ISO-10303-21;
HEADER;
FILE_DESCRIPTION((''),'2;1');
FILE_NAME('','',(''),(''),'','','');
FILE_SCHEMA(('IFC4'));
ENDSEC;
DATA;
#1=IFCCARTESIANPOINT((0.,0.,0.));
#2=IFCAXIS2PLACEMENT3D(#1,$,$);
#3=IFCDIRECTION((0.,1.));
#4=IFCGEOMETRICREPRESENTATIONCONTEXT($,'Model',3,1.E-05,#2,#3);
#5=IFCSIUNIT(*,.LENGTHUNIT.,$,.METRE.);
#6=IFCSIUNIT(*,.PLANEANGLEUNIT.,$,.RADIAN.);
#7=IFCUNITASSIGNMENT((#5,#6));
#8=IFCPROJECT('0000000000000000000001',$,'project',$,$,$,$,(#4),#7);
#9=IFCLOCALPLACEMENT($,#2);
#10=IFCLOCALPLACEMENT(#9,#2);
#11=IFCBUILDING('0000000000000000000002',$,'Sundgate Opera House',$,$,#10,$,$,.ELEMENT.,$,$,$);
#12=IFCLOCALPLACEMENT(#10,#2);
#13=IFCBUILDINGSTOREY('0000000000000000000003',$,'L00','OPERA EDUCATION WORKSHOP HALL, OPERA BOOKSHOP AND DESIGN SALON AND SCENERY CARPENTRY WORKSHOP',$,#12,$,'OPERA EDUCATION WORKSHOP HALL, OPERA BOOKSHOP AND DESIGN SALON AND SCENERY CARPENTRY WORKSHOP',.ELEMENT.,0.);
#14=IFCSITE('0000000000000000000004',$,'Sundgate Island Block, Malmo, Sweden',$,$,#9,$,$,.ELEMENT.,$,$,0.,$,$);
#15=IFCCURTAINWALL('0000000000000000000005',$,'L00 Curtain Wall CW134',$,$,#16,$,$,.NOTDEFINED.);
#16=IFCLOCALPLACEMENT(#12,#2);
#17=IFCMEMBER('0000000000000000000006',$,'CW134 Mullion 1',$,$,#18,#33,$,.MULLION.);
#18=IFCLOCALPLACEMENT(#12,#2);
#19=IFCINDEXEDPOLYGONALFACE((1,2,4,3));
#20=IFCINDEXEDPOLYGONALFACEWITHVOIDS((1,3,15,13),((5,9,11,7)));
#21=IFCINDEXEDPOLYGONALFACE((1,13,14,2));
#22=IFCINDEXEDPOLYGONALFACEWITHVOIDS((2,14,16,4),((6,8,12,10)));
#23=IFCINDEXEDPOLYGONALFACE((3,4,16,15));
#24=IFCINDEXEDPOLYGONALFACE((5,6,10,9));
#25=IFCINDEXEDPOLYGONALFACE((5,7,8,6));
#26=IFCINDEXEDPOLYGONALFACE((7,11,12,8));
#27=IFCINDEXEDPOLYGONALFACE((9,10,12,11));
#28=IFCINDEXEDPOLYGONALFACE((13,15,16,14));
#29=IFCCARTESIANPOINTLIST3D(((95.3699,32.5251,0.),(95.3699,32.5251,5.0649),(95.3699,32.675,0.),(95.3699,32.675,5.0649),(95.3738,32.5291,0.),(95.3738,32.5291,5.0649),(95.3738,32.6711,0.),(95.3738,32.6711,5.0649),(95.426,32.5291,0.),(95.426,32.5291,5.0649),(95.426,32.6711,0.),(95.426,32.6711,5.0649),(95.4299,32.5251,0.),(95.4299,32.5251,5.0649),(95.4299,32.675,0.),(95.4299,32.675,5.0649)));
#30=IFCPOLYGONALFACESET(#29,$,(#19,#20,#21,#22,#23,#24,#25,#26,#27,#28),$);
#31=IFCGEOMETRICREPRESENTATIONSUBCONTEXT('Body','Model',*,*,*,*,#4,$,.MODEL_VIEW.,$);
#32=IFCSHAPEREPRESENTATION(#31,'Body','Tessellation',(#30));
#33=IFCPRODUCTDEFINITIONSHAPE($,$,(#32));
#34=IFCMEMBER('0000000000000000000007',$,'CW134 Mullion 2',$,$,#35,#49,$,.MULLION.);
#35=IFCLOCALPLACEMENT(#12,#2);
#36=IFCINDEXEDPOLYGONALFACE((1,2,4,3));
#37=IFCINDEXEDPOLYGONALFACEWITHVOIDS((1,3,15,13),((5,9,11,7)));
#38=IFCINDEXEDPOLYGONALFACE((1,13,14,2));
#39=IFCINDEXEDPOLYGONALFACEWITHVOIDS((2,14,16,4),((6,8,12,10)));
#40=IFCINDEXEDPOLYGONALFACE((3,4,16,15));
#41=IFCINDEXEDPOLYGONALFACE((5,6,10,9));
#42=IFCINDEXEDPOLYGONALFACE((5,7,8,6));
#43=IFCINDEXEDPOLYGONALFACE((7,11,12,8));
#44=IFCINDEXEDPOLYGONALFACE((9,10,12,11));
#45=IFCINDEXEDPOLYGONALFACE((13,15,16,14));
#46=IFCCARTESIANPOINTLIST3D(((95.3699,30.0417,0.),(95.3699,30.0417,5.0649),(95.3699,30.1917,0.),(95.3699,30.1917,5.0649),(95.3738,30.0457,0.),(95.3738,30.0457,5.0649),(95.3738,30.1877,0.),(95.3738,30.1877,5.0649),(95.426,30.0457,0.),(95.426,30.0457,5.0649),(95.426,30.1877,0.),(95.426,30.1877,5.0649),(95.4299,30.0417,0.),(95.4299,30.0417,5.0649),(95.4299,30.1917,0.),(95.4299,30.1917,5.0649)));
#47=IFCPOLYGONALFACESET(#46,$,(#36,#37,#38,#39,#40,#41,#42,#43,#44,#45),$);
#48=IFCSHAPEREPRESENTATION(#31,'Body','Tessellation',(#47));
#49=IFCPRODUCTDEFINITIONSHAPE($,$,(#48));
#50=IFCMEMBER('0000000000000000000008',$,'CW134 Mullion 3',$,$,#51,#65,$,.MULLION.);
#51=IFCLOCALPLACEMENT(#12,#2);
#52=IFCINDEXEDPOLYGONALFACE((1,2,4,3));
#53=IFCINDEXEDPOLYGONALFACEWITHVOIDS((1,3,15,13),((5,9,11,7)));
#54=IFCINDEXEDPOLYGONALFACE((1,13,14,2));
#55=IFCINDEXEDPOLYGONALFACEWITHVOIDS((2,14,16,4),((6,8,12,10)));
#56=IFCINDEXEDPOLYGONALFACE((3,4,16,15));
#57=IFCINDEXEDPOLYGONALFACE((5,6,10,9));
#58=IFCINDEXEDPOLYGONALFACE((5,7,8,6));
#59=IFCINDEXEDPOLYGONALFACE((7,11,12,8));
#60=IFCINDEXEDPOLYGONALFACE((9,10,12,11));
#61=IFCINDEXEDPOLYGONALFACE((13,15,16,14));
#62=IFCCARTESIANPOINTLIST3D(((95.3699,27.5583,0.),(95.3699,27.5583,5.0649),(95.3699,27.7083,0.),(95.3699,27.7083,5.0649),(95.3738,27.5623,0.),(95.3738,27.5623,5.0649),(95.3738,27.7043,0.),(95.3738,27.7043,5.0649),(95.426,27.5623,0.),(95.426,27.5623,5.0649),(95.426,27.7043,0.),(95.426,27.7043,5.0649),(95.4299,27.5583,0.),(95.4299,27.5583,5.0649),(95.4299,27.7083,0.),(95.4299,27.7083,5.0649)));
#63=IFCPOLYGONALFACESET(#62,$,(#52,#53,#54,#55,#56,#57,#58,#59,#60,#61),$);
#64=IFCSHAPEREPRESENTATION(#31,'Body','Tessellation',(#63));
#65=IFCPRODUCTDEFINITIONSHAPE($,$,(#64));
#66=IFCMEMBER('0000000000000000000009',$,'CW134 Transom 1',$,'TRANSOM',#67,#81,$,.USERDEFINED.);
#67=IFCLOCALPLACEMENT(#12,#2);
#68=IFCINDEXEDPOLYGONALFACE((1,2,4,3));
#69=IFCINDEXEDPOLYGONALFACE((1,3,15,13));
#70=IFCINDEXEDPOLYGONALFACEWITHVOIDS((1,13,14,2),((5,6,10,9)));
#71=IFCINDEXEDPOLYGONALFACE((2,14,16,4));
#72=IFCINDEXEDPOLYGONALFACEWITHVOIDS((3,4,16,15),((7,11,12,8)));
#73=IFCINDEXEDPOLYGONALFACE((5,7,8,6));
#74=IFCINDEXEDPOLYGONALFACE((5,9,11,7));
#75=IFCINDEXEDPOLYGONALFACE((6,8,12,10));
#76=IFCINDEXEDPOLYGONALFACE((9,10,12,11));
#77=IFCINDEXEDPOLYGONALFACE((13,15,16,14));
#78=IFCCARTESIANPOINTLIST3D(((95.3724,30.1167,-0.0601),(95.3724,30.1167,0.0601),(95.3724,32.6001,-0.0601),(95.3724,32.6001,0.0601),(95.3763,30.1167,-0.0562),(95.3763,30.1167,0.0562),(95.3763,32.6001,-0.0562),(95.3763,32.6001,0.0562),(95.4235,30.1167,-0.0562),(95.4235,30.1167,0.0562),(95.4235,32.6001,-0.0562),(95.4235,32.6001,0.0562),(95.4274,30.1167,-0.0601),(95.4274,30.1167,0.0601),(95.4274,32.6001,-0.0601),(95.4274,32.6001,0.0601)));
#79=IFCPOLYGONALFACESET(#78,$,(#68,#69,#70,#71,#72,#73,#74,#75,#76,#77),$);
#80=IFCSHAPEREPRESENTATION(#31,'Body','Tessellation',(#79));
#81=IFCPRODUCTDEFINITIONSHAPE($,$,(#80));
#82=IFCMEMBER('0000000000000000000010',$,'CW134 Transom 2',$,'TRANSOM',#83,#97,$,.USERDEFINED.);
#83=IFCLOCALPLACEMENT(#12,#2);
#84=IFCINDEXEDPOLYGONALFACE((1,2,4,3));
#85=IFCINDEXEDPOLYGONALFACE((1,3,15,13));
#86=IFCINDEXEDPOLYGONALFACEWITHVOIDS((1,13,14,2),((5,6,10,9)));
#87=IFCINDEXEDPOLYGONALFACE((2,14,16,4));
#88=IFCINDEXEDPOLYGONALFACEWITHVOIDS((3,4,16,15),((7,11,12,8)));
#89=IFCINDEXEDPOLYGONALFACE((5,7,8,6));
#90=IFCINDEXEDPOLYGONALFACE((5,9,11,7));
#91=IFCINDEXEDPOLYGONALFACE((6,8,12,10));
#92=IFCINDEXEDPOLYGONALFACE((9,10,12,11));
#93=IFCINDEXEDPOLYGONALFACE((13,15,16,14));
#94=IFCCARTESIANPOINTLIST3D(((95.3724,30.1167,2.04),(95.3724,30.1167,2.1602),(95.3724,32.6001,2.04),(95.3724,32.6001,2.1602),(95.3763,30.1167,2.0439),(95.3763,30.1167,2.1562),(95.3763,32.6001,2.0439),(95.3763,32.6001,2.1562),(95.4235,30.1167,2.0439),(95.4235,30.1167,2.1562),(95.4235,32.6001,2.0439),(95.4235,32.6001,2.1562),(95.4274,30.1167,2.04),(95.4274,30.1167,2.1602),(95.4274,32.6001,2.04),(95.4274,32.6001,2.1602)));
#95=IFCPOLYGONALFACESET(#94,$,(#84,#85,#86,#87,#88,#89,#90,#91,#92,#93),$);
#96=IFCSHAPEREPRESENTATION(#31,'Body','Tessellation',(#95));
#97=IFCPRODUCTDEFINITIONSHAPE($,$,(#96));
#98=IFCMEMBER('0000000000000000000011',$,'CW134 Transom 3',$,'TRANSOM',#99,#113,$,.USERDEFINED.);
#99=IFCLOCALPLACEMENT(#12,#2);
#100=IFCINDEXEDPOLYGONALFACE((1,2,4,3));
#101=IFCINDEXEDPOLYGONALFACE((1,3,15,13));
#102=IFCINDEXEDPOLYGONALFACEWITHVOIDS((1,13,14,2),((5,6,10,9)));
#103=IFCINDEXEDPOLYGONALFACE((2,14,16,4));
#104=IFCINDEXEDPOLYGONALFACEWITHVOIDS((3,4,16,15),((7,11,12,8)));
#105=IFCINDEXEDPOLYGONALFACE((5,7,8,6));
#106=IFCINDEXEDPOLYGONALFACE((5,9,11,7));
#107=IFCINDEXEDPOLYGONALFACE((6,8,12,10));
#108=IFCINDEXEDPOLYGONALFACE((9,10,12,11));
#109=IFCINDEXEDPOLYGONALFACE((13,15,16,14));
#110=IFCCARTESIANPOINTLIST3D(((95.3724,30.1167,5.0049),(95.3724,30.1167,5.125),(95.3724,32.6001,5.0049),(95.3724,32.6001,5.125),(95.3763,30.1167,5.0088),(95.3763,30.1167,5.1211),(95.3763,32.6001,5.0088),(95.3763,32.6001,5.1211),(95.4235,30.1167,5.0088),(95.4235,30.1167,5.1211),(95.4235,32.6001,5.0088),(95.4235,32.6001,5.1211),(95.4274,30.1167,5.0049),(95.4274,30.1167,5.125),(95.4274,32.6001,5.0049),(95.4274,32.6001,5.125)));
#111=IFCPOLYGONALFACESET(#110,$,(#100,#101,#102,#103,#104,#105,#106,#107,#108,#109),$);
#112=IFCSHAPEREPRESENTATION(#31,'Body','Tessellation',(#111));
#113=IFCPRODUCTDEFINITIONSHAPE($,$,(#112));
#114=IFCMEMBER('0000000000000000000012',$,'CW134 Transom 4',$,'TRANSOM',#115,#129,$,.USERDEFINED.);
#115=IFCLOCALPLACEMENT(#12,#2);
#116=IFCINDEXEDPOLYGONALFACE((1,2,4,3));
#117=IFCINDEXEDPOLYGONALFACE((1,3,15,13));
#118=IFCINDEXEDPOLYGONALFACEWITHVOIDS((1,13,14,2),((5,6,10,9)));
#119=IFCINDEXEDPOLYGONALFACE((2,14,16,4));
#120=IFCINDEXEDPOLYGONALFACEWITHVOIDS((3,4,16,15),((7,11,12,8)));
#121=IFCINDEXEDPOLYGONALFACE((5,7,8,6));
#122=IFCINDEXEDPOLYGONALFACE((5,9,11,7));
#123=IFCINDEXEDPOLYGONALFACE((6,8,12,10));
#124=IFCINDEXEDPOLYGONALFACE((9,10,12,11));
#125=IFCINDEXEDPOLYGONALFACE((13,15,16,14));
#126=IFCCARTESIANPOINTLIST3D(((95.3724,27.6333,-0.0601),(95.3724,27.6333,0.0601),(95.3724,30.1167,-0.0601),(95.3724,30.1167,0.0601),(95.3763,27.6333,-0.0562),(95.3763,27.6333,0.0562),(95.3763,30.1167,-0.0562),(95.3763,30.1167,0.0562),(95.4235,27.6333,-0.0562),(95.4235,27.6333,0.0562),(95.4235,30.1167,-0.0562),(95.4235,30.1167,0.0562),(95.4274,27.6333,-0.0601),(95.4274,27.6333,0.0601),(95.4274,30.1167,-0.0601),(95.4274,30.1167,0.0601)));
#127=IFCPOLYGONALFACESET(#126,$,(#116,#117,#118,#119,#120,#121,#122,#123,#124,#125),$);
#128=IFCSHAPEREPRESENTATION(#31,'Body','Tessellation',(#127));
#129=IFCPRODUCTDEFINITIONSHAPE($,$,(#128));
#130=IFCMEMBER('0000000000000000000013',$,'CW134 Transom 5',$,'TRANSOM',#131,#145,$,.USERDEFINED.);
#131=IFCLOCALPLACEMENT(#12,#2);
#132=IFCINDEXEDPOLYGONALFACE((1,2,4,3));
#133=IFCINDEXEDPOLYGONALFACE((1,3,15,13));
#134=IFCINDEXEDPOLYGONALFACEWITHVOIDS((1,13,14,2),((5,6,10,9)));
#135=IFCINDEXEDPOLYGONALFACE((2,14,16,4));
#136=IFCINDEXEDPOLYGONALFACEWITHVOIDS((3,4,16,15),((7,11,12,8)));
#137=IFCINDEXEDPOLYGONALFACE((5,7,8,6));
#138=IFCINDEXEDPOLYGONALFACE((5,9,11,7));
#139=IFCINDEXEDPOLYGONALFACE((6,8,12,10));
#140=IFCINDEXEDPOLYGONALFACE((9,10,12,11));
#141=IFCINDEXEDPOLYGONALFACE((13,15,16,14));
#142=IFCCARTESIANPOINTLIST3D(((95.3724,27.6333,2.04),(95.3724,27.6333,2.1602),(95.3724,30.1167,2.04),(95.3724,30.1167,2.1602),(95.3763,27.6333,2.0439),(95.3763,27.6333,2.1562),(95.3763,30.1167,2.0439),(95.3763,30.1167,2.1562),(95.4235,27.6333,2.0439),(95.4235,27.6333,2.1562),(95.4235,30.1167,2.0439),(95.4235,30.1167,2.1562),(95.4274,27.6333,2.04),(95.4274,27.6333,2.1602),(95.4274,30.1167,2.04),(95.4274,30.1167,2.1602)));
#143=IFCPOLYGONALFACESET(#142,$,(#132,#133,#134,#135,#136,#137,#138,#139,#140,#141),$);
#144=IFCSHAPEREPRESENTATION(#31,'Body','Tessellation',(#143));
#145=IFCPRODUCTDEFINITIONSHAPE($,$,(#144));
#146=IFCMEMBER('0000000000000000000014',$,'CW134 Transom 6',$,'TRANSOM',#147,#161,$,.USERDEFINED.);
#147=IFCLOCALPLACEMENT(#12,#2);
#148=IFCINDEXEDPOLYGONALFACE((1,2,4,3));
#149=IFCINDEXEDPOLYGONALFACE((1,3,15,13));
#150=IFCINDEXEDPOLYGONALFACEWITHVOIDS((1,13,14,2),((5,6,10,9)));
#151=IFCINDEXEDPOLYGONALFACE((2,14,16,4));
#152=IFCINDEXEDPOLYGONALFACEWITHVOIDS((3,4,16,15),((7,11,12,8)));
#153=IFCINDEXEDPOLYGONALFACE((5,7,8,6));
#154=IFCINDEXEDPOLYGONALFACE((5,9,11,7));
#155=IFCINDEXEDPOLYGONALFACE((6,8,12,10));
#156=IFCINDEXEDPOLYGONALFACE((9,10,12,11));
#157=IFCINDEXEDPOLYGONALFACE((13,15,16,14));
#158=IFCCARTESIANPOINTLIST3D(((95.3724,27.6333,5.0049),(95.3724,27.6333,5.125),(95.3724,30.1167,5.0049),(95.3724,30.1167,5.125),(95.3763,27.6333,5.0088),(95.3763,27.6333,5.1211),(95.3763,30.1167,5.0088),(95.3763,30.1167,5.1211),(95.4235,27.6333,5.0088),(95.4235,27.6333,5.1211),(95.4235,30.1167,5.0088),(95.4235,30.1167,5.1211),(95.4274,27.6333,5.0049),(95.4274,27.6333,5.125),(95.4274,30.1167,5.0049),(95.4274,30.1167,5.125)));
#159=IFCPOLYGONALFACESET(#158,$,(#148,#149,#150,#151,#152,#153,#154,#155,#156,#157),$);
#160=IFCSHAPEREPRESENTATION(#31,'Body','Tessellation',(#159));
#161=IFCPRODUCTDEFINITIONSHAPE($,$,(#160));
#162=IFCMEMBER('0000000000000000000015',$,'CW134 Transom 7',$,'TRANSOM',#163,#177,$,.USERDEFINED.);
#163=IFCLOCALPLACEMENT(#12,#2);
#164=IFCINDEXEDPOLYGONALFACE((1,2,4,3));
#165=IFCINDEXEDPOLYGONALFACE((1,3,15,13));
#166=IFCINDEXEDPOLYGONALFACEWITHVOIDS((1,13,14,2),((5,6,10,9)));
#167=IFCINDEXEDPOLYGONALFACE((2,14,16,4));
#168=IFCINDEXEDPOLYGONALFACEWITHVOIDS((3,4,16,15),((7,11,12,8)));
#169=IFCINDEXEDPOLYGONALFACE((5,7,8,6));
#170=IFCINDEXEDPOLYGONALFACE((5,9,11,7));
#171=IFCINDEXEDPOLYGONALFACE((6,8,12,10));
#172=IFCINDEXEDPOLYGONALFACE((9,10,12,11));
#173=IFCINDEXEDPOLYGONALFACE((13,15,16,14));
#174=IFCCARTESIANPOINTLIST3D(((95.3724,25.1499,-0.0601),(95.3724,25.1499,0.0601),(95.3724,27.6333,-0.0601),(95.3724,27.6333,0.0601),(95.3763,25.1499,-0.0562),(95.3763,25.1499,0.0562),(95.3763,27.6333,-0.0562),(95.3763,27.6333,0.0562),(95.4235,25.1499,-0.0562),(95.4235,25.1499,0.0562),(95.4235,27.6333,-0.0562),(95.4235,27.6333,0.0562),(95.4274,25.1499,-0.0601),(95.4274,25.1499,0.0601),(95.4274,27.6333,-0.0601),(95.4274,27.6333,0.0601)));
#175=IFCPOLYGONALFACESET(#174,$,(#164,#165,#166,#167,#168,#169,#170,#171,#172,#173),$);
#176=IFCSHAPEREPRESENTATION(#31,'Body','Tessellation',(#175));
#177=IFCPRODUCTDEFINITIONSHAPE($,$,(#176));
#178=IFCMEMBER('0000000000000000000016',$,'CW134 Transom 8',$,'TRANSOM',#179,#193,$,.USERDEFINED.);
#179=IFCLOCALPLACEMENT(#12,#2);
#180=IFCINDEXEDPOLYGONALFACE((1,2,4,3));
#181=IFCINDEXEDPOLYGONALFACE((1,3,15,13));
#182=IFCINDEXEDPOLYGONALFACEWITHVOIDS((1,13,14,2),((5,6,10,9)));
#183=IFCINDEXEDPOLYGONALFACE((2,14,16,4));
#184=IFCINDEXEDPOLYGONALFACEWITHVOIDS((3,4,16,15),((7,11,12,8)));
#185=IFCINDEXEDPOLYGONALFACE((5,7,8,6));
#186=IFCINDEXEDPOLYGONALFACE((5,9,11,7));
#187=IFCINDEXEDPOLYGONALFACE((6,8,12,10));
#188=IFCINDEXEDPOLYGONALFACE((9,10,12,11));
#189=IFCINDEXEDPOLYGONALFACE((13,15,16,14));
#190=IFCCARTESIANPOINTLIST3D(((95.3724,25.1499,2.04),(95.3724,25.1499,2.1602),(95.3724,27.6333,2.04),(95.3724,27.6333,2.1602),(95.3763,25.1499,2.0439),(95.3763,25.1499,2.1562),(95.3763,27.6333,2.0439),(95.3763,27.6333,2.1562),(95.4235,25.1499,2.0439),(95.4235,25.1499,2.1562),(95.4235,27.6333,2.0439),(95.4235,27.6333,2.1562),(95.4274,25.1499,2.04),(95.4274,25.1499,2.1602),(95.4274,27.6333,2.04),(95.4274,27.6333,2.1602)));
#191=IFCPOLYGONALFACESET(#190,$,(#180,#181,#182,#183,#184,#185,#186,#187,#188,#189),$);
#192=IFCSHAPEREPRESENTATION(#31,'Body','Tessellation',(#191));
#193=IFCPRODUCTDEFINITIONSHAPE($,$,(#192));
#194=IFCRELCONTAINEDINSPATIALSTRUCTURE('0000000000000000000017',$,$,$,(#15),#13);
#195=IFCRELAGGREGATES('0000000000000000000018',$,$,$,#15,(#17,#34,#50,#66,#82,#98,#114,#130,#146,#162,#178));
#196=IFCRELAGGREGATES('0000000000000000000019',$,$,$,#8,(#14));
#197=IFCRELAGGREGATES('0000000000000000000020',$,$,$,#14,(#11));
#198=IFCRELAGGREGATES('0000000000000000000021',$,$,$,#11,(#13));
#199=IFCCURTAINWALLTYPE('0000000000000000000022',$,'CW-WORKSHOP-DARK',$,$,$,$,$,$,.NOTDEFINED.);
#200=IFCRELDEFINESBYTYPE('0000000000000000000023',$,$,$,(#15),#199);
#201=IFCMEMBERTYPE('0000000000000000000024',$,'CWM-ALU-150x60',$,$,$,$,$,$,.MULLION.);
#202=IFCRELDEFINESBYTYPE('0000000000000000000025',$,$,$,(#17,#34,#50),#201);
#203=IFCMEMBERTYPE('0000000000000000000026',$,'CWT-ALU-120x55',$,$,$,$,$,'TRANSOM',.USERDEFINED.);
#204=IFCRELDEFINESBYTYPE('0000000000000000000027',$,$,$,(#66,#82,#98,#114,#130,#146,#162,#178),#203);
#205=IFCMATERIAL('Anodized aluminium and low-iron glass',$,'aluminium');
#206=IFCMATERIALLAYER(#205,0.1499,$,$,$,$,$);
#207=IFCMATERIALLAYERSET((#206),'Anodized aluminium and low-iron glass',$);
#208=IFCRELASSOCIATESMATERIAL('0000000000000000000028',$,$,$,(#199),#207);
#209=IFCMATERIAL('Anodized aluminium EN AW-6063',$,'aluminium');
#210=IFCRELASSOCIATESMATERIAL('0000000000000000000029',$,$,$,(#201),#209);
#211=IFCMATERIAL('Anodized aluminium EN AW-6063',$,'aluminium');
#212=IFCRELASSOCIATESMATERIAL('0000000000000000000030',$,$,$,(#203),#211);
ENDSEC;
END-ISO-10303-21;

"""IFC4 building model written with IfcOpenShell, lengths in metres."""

from ifc_helpers import new_model, si_unit, direction, frame, origin, origin_2d, place, context, subcontext, project, spatial, hollow_rectangle, extrude, material, layer, layer_set, material_profile, profile_set, type_object, element, aggregate, save


model = new_model("IFC4")

# Units and contexts
model_context = context("Model", 3, precision=1e-05, world=origin(), true_north=direction((0.0, 1.0)))
body_context = subcontext(model_context, "Body", "Model", "MODEL_VIEW")
ifc_project = project(units=[si_unit("LENGTHUNIT", "METRE"), si_unit("PLANEANGLEUNIT", "RADIAN")], contexts=[model_context])

# Site, building, storey
site_placement = place(None, origin())
site = spatial("IfcSite", under=ifc_project, at=site_placement, Name="Sundgate Island Block, Malmo, Sweden", CompositionType="ELEMENT", RefElevation=0.0)
building_placement = place(site_placement, origin())
building = spatial("IfcBuilding", under=site, at=building_placement, Name="Sundgate Opera House", CompositionType="ELEMENT")
storey_placement = place(building_placement, origin())
storey = spatial("IfcBuildingStorey", under=building, at=storey_placement, Name="L00", Description="OPERA EDUCATION WORKSHOP HALL, OPERA BOOKSHOP AND DESIGN SALON AND SCENERY CARPENTRY WORKSHOP", LongName="OPERA EDUCATION WORKSHOP HALL, OPERA BOOKSHOP AND DESIGN SALON AND SCENERY CARPENTRY WORKSHOP", CompositionType="ELEMENT", Elevation=0.0)

# Curtain wall, members
ifc_material_1 = material(Name="Anodized aluminium and low-iron glass", Category="aluminium")
ifc_layer_1 = layer(ifc_material_1, 0.1499)
ifc_layer_set_1 = layer_set([ifc_layer_1], Name="Anodized aluminium and low-iron glass")
curtain_wall_type = type_object("IfcCurtainWallType", Name="CW-WORKSHOP-DARK", PredefinedType="NOTDEFINED", material=ifc_layer_set_1)
curtain_wall_placement = place(storey_placement, origin())
curtain_wall = element("IfcCurtainWall", 1, at=curtain_wall_placement, inside=storey, type_object=curtain_wall_type, Name="L00 Curtain Wall CW134", PredefinedType="NOTDEFINED")
ifc_material_2 = material(Name="Anodized aluminium EN AW-6063", Category="aluminium")
ifc_material_profile_1 = material_profile(ifc_material_2, hollow_rectangle(XDim=0.0601, YDim=0.1499, WallThickness=0.0039, at=origin_2d()), Name="CWM 150x60x4")
ifc_profile_set_1 = profile_set([ifc_material_profile_1], Name="Anodized aluminium EN AW-6063")
member_type_1 = type_object("IfcMemberType", Name="CWM-ALU-150x60", PredefinedType="MULLION", material=ifc_profile_set_1)
member_1_placement = place(storey_placement, frame((95.3999, 32.6001, 0.0), z_axis=(0.0, 0.0, 1.0), x_axis=(1.0, 0.0, 0.0)))
member_1 = element("IfcMember", 2, at=member_1_placement, type_object=member_type_1, Name="CW134 Mullion 1", PredefinedType="MULLION", context=body_context, shape_type="SweptSolid", body=[
    extrude(hollow_rectangle(XDim=0.0601, YDim=0.1499, WallThickness=0.0039, at=origin_2d()), origin(), (0.0, 0.0, 1.0), 5.0649),
])
member_2_placement = place(storey_placement, frame((95.3999, 30.1167, 0.0), z_axis=(0.0, 0.0, 1.0), x_axis=(1.0, 0.0, 0.0)))
member_2 = element("IfcMember", 3, at=member_2_placement, type_object=member_type_1, Name="CW134 Mullion 2", PredefinedType="MULLION", context=body_context, shape_type="SweptSolid", body=[
    extrude(hollow_rectangle(XDim=0.0601, YDim=0.1499, WallThickness=0.0039, at=origin_2d()), origin(), (0.0, 0.0, 1.0), 5.0649),
])
member_3_placement = place(storey_placement, frame((95.3999, 27.6333, 0.0), z_axis=(0.0, 0.0, 1.0), x_axis=(1.0, 0.0, 0.0)))
member_3 = element("IfcMember", 4, at=member_3_placement, type_object=member_type_1, Name="CW134 Mullion 3", PredefinedType="MULLION", context=body_context, shape_type="SweptSolid", body=[
    extrude(hollow_rectangle(XDim=0.0601, YDim=0.1499, WallThickness=0.0039, at=origin_2d()), origin(), (0.0, 0.0, 1.0), 5.0649),
])
ifc_material_3 = material(Name="Anodized aluminium EN AW-6063", Category="aluminium")
ifc_material_profile_2 = material_profile(ifc_material_3, hollow_rectangle(XDim=0.0549, YDim=0.1201, WallThickness=0.0039, at=origin_2d()), Name="CWT 120x55x4")
ifc_profile_set_2 = profile_set([ifc_material_profile_2], Name="Anodized aluminium EN AW-6063")
member_type_2 = type_object("IfcMemberType", Name="CWT-ALU-120x55", ElementType="TRANSOM", PredefinedType="USERDEFINED", material=ifc_profile_set_2)
member_4_placement = place(storey_placement, frame((95.3999, 32.6001, 0.0), z_axis=(0.0, -1.0, 0.0), x_axis=(1.0, 0.0, 0.0)))
member_4 = element("IfcMember", 5, at=member_4_placement, type_object=member_type_2, Name="CW134 Transom 1", ObjectType="TRANSOM", PredefinedType="USERDEFINED", context=body_context, shape_type="SweptSolid", body=[
    extrude(hollow_rectangle(XDim=0.0549, YDim=0.1201, WallThickness=0.0039, at=origin_2d()), origin(), (0.0, 0.0, 1.0), 2.4834),
])
member_5_placement = place(storey_placement, frame((95.3999, 32.6001, 2.1001), z_axis=(0.0, -1.0, 0.0), x_axis=(1.0, 0.0, 0.0)))
member_5 = element("IfcMember", 6, at=member_5_placement, type_object=member_type_2, Name="CW134 Transom 2", ObjectType="TRANSOM", PredefinedType="USERDEFINED", context=body_context, shape_type="SweptSolid", body=[
    extrude(hollow_rectangle(XDim=0.0549, YDim=0.1201, WallThickness=0.0039, at=origin_2d()), origin(), (0.0, 0.0, 1.0), 2.4834),
])
member_6_placement = place(storey_placement, frame((95.3999, 32.6001, 5.0649), z_axis=(0.0, -1.0, 0.0), x_axis=(1.0, 0.0, 0.0)))
member_6 = element("IfcMember", 7, at=member_6_placement, type_object=member_type_2, Name="CW134 Transom 3", ObjectType="TRANSOM", PredefinedType="USERDEFINED", context=body_context, shape_type="SweptSolid", body=[
    extrude(hollow_rectangle(XDim=0.0549, YDim=0.1201, WallThickness=0.0039, at=origin_2d()), origin(), (0.0, 0.0, 1.0), 2.4834),
])
member_7_placement = place(storey_placement, frame((95.3999, 30.1167, 0.0), z_axis=(0.0, -1.0, 0.0), x_axis=(1.0, 0.0, 0.0)))
member_7 = element("IfcMember", 8, at=member_7_placement, type_object=member_type_2, Name="CW134 Transom 4", ObjectType="TRANSOM", PredefinedType="USERDEFINED", context=body_context, shape_type="SweptSolid", body=[
    extrude(hollow_rectangle(XDim=0.0549, YDim=0.1201, WallThickness=0.0039, at=origin_2d()), origin(), (0.0, 0.0, 1.0), 2.4834),
])
member_8_placement = place(storey_placement, frame((95.3999, 30.1167, 2.1001), z_axis=(0.0, -1.0, 0.0), x_axis=(1.0, 0.0, 0.0)))
member_8 = element("IfcMember", 9, at=member_8_placement, type_object=member_type_2, Name="CW134 Transom 5", ObjectType="TRANSOM", PredefinedType="USERDEFINED", context=body_context, shape_type="SweptSolid", body=[
    extrude(hollow_rectangle(XDim=0.0549, YDim=0.1201, WallThickness=0.0039, at=origin_2d()), origin(), (0.0, 0.0, 1.0), 2.4834),
])
member_9_placement = place(storey_placement, frame((95.3999, 30.1167, 5.0649), z_axis=(0.0, -1.0, 0.0), x_axis=(1.0, 0.0, 0.0)))
member_9 = element("IfcMember", 10, at=member_9_placement, type_object=member_type_2, Name="CW134 Transom 6", ObjectType="TRANSOM", PredefinedType="USERDEFINED", context=body_context, shape_type="SweptSolid", body=[
    extrude(hollow_rectangle(XDim=0.0549, YDim=0.1201, WallThickness=0.0039, at=origin_2d()), origin(), (0.0, 0.0, 1.0), 2.4834),
])
member_10_placement = place(storey_placement, frame((95.3999, 27.6333, 0.0), z_axis=(0.0, -1.0, 0.0), x_axis=(1.0, 0.0, 0.0)))
member_10 = element("IfcMember", 11, at=member_10_placement, type_object=member_type_2, Name="CW134 Transom 7", ObjectType="TRANSOM", PredefinedType="USERDEFINED", context=body_context, shape_type="SweptSolid", body=[
    extrude(hollow_rectangle(XDim=0.0549, YDim=0.1201, WallThickness=0.0039, at=origin_2d()), origin(), (0.0, 0.0, 1.0), 2.4834),
])
member_11_placement = place(storey_placement, frame((95.3999, 27.6333, 2.1001), z_axis=(0.0, -1.0, 0.0), x_axis=(1.0, 0.0, 0.0)))
member_11 = element("IfcMember", 12, at=member_11_placement, type_object=member_type_2, Name="CW134 Transom 8", ObjectType="TRANSOM", PredefinedType="USERDEFINED", context=body_context, shape_type="SweptSolid", body=[
    extrude(hollow_rectangle(XDim=0.0549, YDim=0.1201, WallThickness=0.0039, at=origin_2d()), origin(), (0.0, 0.0, 1.0), 2.4834),
])
aggregate(curtain_wall, [member_1, member_2, member_3, member_4, member_5, member_6, member_7, member_8, member_9, member_10, member_11])

save(model, "model.ifc")
